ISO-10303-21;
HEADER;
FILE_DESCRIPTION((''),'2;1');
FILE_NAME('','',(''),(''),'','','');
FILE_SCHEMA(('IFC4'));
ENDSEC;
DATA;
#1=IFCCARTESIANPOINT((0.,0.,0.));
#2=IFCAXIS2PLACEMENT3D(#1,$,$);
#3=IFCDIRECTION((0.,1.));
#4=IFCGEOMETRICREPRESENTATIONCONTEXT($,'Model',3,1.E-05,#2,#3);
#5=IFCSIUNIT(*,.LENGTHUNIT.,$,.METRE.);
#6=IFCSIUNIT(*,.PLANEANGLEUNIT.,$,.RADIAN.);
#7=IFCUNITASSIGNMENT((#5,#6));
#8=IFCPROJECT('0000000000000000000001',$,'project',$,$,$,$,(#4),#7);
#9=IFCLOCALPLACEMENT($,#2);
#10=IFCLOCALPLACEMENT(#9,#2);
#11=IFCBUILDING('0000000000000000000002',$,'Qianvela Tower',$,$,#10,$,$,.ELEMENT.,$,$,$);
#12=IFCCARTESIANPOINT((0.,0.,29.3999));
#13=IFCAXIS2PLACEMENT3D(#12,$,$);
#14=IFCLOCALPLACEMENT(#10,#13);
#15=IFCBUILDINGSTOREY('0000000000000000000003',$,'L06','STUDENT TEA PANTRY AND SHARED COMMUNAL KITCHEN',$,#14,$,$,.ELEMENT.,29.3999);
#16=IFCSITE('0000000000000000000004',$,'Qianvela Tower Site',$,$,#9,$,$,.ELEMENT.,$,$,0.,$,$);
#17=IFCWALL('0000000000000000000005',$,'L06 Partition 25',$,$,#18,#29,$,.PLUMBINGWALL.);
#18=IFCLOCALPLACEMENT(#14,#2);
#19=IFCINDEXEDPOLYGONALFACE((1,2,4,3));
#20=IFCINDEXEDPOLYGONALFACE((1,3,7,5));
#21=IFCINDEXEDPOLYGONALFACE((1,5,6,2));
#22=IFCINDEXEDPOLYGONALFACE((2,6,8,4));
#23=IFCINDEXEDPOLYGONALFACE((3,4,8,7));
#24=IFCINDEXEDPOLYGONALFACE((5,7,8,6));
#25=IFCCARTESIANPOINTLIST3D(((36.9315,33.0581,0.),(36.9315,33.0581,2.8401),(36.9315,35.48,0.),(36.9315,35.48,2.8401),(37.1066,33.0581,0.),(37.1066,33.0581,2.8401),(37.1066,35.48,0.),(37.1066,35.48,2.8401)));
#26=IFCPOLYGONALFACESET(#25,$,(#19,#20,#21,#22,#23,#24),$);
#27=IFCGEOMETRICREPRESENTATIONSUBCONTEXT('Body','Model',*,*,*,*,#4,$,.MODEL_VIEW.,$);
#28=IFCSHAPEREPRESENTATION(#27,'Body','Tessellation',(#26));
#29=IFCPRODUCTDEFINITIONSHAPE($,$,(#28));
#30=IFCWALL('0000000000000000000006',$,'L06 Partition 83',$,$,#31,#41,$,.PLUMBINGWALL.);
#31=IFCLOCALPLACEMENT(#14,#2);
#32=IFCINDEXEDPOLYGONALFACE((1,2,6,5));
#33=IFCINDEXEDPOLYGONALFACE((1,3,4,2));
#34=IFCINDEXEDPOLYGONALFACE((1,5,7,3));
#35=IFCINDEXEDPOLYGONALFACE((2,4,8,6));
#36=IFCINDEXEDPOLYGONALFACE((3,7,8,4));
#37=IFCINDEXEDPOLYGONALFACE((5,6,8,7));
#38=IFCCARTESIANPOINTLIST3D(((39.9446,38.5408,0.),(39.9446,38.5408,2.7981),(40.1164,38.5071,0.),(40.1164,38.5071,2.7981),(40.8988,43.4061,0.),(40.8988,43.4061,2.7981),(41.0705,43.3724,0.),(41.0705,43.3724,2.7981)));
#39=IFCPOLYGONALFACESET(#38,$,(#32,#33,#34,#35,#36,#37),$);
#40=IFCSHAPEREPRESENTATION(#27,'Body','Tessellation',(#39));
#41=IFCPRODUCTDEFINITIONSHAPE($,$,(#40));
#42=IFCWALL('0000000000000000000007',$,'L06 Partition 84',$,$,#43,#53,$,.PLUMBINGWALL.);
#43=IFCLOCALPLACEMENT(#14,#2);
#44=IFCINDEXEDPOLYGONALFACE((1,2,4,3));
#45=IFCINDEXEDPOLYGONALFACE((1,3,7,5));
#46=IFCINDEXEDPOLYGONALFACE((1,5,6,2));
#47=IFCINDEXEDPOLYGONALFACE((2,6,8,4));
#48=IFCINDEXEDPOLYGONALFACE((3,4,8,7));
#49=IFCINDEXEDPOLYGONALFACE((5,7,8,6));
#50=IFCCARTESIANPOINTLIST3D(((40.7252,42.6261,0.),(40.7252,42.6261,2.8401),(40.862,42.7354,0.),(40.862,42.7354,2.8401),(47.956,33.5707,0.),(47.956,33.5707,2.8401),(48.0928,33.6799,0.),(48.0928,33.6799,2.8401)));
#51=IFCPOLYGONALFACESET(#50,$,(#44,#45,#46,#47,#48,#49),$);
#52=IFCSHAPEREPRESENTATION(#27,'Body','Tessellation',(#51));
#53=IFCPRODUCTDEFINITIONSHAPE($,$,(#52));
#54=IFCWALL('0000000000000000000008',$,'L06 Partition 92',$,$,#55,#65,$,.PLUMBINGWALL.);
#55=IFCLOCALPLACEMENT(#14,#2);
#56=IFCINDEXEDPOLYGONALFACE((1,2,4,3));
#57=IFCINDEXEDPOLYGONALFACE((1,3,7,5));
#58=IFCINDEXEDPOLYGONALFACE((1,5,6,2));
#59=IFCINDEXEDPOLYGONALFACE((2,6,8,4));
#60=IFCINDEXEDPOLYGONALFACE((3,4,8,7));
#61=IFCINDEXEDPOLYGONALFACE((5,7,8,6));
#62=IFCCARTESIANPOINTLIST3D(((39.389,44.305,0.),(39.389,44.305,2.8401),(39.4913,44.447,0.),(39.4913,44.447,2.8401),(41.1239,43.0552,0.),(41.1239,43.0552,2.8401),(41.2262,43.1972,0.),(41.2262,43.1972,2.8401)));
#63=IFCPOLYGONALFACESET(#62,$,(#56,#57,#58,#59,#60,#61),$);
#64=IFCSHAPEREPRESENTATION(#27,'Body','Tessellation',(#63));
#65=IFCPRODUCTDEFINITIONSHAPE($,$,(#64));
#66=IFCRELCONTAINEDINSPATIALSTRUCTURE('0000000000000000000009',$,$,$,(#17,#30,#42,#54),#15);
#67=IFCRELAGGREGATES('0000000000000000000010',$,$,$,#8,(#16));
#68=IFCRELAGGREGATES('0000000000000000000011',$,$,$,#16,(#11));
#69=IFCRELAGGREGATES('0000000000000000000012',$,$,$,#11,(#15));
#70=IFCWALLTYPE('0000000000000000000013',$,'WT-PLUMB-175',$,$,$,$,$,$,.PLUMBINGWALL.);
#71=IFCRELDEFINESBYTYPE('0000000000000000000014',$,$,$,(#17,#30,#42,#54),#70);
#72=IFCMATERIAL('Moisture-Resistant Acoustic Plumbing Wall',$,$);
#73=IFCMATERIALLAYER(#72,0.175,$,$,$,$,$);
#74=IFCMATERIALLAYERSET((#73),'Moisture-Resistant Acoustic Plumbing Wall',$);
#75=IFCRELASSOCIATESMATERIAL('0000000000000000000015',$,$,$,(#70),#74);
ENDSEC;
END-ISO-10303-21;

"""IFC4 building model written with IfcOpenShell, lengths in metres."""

from ifc_helpers import new_model, si_unit, direction, frame, frame_2d, origin, place, context, subcontext, project, spatial, rectangle, extrude, material, layer, layer_set, type_object, element, save


model = new_model("IFC4")

# Units and contexts
model_context = context("Model", 3, precision=1e-05, world=origin(), true_north=direction((0.0, 1.0)))
body_context = subcontext(model_context, "Body", "Model", "MODEL_VIEW")
ifc_project = project(units=[si_unit("LENGTHUNIT", "METRE"), si_unit("PLANEANGLEUNIT", "RADIAN")], contexts=[model_context])

# Site, building, storey
site_placement = place(None, origin())
site = spatial("IfcSite", under=ifc_project, at=site_placement, Name="Qianvela Tower Site", CompositionType="ELEMENT", RefElevation=0.0)
building_placement = place(site_placement, origin())
building = spatial("IfcBuilding", under=site, at=building_placement, Name="Qianvela Tower", CompositionType="ELEMENT")
storey_placement = place(building_placement, frame((0.0, 0.0, 29.3999)))
storey = spatial("IfcBuildingStorey", under=building, at=storey_placement, Name="L06", Description="STUDENT TEA PANTRY AND SHARED COMMUNAL KITCHEN", CompositionType="ELEMENT", Elevation=29.3999)

# Walls
ifc_material_1 = material(Name="Moisture-Resistant Acoustic Plumbing Wall")
ifc_layer_1 = layer(ifc_material_1, 0.175)
ifc_layer_set_1 = layer_set([ifc_layer_1], Name="Moisture-Resistant Acoustic Plumbing Wall")
wall_type_1 = type_object("IfcWallType", Name="WT-PLUMB-175", PredefinedType="PLUMBINGWALL", material=ifc_layer_set_1)
for number, where, z_axis, x_axis, name in (
    (1, (37.019, 35.48, 0.0), (0.0, 0.0, 1.0), (0.0, -1.0, 0.0), "L06 Partition 25"),
):
    element("IfcWall", number, at=place(storey_placement, frame(where, z_axis=z_axis, x_axis=x_axis)), inside=storey, type_object=wall_type_1, Name=name, PredefinedType="PLUMBINGWALL", context=body_context, shape_type="SweptSolid", body=[
        extrude(rectangle(XDim=2.4219, YDim=0.175, at=frame_2d((1.2109, 0.0))), origin(), (0.0, 0.0, 1.0), 2.8401),
    ])
wall_1_placement = place(storey_placement, frame((40.0305, 38.5239, 0.0), z_axis=(0.0, 0.0, 1.0), x_axis=(0.19244, 0.981309, 0.0)))
element("IfcWall", 2, at=wall_1_placement, inside=storey, type_object=wall_type_1, Name="L06 Partition 83", PredefinedType="PLUMBINGWALL", context=body_context, shape_type="SweptSolid", body=[
    extrude(rectangle(XDim=4.958, YDim=0.175, at=frame_2d((2.479, 0.0))), origin(), (0.0, 0.0, 1.0), 2.7981),
])
wall_2_placement = place(storey_placement, frame((40.7937, 42.6807, 0.0), z_axis=(0.0, 0.0, 1.0), x_axis=(0.623978, -0.781442, 0.0)))
element("IfcWall", 3, at=wall_2_placement, inside=storey, type_object=wall_type_1, Name="L06 Partition 84", PredefinedType="PLUMBINGWALL", context=body_context, shape_type="SweptSolid", body=[
    extrude(rectangle(XDim=11.5881, YDim=0.175, at=frame_2d((5.7939, 0.0))), origin(), (0.0, 0.0, 1.0), 2.8401),
])
wall_3_placement = place(storey_placement, frame((39.4402, 44.376, 0.0), z_axis=(0.0, 0.0, 1.0), x_axis=(0.811389, -0.584506, 0.0)))
element("IfcWall", 4, at=wall_3_placement, inside=storey, type_object=wall_type_1, Name="L06 Partition 92", PredefinedType="PLUMBINGWALL", context=body_context, shape_type="SweptSolid", body=[
    extrude(rectangle(XDim=2.1382, YDim=0.175, at=frame_2d((1.0691, 0.0))), origin(), (0.0, 0.0, 1.0), 2.8401),
])

save(model, "model.ifc")
